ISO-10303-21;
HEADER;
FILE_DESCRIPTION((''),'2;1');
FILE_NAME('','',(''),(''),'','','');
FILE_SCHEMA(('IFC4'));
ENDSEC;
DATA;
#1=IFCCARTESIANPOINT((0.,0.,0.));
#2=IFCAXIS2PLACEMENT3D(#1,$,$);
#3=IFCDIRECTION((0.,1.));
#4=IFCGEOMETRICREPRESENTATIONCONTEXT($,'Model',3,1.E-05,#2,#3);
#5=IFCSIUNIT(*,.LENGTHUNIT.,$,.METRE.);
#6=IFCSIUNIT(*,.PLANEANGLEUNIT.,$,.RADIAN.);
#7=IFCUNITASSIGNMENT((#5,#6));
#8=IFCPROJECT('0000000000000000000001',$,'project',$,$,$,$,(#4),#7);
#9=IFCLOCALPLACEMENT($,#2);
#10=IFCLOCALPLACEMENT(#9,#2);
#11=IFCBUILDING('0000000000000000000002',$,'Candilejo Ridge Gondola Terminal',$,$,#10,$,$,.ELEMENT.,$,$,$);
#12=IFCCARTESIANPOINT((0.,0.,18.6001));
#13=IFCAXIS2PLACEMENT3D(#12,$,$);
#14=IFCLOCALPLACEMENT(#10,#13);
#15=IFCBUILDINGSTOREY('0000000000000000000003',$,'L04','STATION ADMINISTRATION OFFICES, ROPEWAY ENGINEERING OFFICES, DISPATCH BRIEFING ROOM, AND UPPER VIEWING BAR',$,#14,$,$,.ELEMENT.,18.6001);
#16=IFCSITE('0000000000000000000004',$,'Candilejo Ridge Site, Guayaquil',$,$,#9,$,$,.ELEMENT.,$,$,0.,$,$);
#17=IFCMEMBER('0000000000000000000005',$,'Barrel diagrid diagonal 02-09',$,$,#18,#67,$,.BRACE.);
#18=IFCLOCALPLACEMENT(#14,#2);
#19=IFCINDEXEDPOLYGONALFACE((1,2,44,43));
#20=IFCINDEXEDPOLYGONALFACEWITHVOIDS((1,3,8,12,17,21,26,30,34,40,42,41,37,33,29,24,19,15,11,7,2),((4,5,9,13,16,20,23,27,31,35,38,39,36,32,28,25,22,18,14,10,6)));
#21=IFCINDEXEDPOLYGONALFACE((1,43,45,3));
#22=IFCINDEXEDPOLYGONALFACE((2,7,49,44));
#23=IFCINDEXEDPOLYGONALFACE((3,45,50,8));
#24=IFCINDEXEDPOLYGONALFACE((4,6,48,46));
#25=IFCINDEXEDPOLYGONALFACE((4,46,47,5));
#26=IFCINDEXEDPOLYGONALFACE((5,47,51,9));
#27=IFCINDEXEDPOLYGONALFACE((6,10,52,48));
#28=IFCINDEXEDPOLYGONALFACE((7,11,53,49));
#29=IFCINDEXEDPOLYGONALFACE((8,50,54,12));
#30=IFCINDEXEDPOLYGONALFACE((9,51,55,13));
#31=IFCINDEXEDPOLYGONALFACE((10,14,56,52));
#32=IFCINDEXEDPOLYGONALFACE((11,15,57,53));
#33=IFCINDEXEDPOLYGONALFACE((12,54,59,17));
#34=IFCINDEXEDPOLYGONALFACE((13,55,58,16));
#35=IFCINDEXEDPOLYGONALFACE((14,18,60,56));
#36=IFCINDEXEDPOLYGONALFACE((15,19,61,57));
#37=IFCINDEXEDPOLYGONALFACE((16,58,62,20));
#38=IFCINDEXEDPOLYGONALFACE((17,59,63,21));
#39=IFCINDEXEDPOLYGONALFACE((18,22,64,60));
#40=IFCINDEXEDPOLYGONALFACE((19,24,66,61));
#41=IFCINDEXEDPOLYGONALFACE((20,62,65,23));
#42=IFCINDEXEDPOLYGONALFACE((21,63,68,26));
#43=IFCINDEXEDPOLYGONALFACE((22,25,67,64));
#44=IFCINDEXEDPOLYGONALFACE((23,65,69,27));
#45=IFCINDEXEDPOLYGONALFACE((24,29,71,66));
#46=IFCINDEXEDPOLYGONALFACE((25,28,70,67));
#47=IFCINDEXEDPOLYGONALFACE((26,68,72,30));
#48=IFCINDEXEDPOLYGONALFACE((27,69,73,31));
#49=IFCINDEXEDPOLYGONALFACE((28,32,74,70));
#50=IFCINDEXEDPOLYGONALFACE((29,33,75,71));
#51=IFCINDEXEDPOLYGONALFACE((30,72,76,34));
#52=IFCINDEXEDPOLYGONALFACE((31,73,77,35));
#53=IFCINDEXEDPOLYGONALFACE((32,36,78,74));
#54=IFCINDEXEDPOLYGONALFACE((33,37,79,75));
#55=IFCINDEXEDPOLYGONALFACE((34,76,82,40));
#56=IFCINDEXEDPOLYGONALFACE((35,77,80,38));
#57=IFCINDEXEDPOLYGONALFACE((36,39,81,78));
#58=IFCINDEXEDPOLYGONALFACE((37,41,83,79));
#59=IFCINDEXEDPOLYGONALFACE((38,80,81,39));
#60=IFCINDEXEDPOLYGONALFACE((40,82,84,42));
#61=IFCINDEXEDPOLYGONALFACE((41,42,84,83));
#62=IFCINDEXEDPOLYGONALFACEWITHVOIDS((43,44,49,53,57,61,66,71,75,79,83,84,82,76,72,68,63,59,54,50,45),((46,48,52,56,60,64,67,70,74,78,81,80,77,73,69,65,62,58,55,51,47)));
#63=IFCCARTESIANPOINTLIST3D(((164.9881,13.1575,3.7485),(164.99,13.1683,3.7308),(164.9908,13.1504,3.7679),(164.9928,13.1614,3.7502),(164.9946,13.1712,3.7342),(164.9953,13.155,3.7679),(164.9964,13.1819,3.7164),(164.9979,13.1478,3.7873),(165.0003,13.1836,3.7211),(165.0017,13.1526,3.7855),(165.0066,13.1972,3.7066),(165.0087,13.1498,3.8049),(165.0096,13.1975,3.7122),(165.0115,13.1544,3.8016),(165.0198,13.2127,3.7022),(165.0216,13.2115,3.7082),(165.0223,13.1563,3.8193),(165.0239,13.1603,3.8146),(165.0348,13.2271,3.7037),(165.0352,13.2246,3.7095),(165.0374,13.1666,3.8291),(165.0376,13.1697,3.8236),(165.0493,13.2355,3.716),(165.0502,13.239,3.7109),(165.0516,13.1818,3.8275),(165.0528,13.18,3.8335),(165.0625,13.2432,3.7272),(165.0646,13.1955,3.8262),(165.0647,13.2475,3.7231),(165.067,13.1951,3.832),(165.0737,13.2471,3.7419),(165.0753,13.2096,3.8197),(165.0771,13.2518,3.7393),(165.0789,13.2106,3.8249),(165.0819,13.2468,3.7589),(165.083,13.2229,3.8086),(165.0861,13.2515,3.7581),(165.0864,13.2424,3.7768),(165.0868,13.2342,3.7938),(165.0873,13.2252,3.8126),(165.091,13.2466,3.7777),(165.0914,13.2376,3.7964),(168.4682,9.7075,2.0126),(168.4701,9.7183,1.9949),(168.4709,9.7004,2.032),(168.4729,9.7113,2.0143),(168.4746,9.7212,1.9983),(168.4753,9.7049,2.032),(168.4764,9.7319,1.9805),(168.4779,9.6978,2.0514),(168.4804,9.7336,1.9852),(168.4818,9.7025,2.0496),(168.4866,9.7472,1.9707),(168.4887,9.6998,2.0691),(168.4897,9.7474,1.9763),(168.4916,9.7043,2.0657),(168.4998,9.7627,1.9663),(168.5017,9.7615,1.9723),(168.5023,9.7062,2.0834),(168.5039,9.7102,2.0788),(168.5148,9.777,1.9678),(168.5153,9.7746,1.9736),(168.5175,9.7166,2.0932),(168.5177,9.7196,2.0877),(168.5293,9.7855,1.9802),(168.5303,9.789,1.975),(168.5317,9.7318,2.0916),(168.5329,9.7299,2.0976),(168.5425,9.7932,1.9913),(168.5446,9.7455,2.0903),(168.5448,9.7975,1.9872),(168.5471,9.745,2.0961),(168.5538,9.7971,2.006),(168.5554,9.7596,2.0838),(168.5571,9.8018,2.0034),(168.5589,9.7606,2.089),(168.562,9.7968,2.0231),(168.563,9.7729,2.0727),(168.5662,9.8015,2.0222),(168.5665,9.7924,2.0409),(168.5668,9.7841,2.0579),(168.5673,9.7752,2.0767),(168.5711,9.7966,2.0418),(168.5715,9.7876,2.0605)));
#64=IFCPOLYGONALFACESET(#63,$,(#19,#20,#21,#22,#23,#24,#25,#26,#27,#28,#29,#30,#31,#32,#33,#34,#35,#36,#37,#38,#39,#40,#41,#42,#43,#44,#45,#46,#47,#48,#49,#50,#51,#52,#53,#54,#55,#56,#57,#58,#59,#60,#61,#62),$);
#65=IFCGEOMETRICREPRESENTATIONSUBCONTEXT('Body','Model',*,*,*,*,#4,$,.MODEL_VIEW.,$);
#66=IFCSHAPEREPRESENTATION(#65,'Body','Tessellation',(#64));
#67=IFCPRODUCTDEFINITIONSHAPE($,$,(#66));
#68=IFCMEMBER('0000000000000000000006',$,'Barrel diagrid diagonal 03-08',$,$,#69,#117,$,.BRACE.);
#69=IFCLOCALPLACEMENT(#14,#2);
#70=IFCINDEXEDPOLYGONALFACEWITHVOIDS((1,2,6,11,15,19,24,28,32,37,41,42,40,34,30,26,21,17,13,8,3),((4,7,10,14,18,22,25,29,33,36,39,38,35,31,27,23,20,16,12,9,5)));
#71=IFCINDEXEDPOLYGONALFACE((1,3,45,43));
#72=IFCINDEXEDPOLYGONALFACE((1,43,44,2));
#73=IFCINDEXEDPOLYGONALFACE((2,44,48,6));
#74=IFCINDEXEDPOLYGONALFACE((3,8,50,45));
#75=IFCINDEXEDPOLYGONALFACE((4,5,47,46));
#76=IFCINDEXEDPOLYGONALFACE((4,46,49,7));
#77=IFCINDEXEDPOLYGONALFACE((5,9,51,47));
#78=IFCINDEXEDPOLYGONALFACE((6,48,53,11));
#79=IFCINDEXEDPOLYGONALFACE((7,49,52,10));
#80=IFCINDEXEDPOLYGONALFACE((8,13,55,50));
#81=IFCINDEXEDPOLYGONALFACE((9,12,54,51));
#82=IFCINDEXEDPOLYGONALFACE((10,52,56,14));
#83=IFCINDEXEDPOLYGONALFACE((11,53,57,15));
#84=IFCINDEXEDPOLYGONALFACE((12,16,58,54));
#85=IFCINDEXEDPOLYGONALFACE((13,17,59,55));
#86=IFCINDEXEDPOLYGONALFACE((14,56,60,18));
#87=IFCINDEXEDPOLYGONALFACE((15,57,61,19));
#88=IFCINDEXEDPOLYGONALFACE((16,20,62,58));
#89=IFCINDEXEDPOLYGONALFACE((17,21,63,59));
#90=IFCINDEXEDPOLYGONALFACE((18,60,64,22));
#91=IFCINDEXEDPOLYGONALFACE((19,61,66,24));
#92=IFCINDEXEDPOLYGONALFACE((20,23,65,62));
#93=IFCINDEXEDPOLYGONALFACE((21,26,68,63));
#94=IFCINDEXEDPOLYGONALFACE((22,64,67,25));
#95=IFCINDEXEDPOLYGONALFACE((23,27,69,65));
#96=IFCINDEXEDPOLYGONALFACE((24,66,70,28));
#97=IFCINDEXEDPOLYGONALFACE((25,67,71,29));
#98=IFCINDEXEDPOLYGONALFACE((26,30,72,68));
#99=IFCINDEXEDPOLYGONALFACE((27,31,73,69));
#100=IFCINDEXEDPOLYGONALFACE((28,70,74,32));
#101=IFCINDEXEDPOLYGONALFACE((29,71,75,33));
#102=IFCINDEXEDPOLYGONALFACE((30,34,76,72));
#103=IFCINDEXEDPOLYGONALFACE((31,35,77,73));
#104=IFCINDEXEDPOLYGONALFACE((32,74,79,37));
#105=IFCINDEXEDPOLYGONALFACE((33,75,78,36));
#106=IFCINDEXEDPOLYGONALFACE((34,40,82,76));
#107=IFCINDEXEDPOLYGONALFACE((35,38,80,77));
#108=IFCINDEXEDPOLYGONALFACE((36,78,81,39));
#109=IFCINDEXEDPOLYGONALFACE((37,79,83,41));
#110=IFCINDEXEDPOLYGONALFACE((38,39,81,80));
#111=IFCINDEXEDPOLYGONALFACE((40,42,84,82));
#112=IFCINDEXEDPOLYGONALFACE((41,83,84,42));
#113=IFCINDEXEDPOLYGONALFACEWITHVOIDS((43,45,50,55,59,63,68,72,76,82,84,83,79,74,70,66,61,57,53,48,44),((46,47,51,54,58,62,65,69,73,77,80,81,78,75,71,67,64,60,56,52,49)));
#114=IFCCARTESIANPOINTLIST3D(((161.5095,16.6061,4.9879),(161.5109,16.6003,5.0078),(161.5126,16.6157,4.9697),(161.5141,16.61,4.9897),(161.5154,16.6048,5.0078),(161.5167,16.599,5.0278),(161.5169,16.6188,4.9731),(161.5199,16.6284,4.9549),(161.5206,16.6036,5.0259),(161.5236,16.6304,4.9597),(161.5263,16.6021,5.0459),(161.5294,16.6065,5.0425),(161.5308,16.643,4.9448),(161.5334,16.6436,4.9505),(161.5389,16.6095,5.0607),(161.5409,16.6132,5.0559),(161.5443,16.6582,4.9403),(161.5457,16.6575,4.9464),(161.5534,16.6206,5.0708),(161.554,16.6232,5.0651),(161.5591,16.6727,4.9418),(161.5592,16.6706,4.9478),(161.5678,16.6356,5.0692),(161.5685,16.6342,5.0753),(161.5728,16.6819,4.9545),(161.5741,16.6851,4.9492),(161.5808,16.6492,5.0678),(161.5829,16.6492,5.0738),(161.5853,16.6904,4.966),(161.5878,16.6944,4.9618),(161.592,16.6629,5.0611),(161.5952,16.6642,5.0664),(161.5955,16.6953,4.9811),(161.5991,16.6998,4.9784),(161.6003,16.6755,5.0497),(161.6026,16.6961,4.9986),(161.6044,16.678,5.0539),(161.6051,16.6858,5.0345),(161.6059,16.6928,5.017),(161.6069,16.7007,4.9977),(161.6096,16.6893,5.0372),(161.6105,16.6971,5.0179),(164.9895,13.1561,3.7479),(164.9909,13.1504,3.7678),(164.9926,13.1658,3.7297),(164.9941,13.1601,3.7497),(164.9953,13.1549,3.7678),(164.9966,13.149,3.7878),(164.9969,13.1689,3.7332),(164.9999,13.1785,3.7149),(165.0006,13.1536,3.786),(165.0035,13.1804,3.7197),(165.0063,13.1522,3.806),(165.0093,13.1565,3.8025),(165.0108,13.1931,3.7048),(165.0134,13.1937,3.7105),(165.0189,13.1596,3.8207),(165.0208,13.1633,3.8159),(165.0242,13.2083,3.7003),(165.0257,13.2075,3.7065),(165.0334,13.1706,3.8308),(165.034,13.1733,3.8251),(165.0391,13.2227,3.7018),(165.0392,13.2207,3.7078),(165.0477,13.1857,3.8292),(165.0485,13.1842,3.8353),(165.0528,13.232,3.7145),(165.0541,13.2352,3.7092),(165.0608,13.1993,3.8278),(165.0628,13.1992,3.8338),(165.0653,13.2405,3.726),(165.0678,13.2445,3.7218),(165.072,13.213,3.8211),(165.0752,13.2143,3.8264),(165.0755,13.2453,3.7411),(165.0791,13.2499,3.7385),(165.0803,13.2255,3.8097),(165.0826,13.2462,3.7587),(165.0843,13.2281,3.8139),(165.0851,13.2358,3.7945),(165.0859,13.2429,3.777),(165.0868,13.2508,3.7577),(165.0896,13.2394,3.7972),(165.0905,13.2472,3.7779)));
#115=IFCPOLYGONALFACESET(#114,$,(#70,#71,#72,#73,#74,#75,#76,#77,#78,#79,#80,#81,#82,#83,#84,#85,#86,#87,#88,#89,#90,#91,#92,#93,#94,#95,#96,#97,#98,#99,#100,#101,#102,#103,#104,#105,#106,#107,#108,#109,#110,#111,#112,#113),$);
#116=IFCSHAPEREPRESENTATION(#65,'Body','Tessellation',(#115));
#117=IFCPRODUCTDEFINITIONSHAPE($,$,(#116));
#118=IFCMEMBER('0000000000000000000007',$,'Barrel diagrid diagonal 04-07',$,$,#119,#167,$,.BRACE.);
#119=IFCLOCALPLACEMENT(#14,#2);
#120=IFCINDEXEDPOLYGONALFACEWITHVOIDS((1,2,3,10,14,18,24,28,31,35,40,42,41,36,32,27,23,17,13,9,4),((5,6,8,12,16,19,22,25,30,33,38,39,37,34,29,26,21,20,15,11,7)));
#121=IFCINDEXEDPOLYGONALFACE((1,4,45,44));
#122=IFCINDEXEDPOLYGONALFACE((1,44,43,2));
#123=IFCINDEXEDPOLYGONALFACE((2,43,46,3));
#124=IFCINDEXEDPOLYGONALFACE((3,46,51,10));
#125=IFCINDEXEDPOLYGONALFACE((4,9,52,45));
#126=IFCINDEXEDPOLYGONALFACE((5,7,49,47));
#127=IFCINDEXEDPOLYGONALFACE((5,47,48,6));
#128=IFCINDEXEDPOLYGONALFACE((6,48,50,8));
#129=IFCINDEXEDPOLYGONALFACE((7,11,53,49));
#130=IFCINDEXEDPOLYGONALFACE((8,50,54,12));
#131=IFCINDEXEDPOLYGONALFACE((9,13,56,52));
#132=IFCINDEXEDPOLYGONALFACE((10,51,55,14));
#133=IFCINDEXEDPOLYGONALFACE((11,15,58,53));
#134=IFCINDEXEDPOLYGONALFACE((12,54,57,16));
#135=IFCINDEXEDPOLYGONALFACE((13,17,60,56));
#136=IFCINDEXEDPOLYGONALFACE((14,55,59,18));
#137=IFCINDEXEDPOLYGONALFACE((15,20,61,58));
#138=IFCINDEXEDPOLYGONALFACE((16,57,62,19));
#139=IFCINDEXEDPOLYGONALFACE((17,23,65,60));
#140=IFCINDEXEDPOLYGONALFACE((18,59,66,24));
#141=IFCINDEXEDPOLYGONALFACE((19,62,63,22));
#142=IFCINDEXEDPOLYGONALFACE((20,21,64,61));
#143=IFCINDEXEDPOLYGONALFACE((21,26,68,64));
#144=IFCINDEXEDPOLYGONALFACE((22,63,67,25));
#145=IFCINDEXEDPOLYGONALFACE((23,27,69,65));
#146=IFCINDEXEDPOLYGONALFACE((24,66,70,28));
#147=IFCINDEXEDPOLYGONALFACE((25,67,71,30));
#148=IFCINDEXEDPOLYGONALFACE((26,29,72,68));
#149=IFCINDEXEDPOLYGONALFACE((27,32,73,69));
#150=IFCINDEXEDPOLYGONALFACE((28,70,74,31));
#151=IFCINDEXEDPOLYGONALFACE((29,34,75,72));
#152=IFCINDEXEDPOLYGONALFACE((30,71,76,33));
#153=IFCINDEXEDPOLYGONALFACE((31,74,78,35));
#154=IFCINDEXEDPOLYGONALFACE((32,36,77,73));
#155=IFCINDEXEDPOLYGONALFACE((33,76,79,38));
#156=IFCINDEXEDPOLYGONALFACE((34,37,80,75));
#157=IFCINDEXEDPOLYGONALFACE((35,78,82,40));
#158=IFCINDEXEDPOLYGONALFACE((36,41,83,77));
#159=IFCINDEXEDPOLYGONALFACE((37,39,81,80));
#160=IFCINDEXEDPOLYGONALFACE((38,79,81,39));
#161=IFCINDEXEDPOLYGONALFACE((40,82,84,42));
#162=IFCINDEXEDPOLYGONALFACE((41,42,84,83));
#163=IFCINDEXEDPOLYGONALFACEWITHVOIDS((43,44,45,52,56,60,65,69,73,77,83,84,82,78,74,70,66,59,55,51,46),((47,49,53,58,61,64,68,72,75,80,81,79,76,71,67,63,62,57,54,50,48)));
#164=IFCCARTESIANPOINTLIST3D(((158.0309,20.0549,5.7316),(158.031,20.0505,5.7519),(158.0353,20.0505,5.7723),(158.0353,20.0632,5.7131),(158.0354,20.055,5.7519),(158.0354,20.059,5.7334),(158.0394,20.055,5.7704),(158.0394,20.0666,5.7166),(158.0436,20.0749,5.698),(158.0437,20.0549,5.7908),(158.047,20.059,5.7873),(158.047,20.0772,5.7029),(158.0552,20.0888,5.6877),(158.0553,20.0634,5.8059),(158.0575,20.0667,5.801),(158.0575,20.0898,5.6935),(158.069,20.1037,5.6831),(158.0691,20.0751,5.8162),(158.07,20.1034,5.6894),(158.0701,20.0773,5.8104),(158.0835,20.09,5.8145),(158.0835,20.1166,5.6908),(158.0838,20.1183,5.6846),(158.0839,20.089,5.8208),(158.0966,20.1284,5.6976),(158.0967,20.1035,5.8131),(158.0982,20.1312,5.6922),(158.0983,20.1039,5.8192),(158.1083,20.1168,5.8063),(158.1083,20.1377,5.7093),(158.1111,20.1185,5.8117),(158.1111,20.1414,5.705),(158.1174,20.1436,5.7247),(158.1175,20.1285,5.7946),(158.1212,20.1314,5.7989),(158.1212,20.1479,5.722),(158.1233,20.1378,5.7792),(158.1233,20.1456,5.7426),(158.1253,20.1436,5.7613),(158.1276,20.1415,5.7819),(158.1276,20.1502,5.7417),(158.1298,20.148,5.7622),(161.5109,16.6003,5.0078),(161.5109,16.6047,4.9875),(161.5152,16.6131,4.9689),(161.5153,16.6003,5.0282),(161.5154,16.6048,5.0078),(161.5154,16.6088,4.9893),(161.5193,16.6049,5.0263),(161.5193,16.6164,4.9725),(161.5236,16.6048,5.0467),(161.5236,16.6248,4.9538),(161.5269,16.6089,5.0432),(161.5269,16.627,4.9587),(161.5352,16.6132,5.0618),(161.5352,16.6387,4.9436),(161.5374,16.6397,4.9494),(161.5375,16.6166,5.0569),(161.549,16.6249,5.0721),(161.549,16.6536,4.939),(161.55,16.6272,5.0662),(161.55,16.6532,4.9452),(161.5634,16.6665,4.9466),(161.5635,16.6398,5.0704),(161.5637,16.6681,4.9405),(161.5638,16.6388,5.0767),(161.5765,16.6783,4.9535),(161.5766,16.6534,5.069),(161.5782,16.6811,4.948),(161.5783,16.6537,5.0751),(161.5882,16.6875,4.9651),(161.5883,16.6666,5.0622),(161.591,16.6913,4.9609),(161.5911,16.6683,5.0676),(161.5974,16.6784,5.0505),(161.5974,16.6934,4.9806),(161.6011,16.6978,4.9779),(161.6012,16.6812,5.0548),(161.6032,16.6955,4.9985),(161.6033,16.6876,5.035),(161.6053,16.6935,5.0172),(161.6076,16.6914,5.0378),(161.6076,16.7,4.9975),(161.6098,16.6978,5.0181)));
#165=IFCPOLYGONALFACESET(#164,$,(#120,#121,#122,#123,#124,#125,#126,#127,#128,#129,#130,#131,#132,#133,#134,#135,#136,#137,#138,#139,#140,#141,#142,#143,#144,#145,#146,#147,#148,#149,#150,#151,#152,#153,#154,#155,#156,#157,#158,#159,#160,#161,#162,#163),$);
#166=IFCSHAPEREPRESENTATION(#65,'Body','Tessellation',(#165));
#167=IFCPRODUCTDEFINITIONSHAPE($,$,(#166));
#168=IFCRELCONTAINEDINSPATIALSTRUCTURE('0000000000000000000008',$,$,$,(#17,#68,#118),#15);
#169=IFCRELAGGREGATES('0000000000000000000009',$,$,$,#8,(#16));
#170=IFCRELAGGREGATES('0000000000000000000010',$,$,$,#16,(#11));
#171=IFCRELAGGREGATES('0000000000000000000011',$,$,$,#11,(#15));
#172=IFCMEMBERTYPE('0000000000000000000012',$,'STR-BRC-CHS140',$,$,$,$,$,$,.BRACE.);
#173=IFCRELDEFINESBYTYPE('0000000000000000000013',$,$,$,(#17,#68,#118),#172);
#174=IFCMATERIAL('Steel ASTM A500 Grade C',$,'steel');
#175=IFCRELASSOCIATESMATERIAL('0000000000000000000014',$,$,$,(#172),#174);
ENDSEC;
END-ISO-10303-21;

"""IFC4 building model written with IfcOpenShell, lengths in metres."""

from ifc_helpers import new_model, si_unit, direction, frame, origin, origin_2d, place, context, subcontext, project, spatial, hollow_circle, extrude, material, material_profile, profile_set, type_object, element, save


model = new_model("IFC4")

# Units and contexts
model_context = context("Model", 3, precision=1e-05, world=origin(), true_north=direction((0.0, 1.0)))
body_context = subcontext(model_context, "Body", "Model", "MODEL_VIEW")
ifc_project = project(units=[si_unit("LENGTHUNIT", "METRE"), si_unit("PLANEANGLEUNIT", "RADIAN")], contexts=[model_context])

# Site, building, storey
site_placement = place(None, origin())
site = spatial("IfcSite", under=ifc_project, at=site_placement, Name="Candilejo Ridge Site, Guayaquil", CompositionType="ELEMENT", RefElevation=0.0)
building_placement = place(site_placement, origin())
building = spatial("IfcBuilding", under=site, at=building_placement, Name="Candilejo Ridge Gondola Terminal", CompositionType="ELEMENT")
storey_placement = place(building_placement, frame((0.0, 0.0, 18.6001)))
storey = spatial("IfcBuildingStorey", under=building, at=storey_placement, Name="L04", Description="STATION ADMINISTRATION OFFICES, ROPEWAY ENGINEERING OFFICES, DISPATCH BRIEFING ROOM, AND UPPER VIEWING BAR", CompositionType="ELEMENT", Elevation=18.6001)

# Members
ifc_material_1 = material(Name="Steel ASTM A500 Grade C", Category="steel")
ifc_material_profile_1 = material_profile(ifc_material_1, hollow_circle(Radius=0.0698, WallThickness=0.0063, at=origin_2d()))
ifc_profile_set_1 = profile_set([ifc_material_profile_1], Name="Steel ASTM A500 Grade C")
member_type_1 = type_object("IfcMemberType", Name="STR-BRC-CHS140", PredefinedType="BRACE", material=ifc_profile_set_1)
member_1_placement = place(storey_placement, frame((168.52, 9.75, 2.032), z_axis=(-0.669406, 0.663629, 0.333904), x_axis=(-0.704036, -0.710164, 0.0)))
element("IfcMember", 1, at=member_1_placement, inside=storey, type_object=member_type_1, Name="Barrel diagrid diagonal 02-09", PredefinedType="BRACE", context=body_context, shape_type="SweptSolid", body=[
    extrude(hollow_circle(Radius=0.0698, WallThickness=0.0063, at=origin_2d()), origin(), (0.0, 0.0, 1.0), 5.1987),
])
member_2_placement = place(storey_placement, frame((165.04, 13.2, 3.7678), z_axis=(-0.688464, 0.682523, 0.245314), x_axis=(-0.704036, -0.710164, 0.0)))
element("IfcMember", 2, at=member_2_placement, inside=storey, type_object=member_type_1, Name="Barrel diagrid diagonal 03-08", PredefinedType="BRACE", context=body_context, shape_type="SweptSolid", body=[
    extrude(hollow_circle(Radius=0.0698, WallThickness=0.0063, at=origin_2d()), origin(), (0.0, 0.0, 1.0), 5.0547),
])
member_3_placement = place(storey_placement, frame((161.5601, 16.6499, 5.0078), z_axis=(-0.702091, 0.696081, 0.150131), x_axis=(-0.704061, -0.710139, 0.0)))
element("IfcMember", 3, at=member_3_placement, inside=storey, type_object=member_type_1, Name="Barrel diagrid diagonal 04-07", PredefinedType="BRACE", context=body_context, shape_type="SweptSolid", body=[
    extrude(hollow_circle(Radius=0.0698, WallThickness=0.0063, at=origin_2d()), origin(), (0.0, 0.0, 1.0), 4.9565),
])

save(model, "model.ifc")
